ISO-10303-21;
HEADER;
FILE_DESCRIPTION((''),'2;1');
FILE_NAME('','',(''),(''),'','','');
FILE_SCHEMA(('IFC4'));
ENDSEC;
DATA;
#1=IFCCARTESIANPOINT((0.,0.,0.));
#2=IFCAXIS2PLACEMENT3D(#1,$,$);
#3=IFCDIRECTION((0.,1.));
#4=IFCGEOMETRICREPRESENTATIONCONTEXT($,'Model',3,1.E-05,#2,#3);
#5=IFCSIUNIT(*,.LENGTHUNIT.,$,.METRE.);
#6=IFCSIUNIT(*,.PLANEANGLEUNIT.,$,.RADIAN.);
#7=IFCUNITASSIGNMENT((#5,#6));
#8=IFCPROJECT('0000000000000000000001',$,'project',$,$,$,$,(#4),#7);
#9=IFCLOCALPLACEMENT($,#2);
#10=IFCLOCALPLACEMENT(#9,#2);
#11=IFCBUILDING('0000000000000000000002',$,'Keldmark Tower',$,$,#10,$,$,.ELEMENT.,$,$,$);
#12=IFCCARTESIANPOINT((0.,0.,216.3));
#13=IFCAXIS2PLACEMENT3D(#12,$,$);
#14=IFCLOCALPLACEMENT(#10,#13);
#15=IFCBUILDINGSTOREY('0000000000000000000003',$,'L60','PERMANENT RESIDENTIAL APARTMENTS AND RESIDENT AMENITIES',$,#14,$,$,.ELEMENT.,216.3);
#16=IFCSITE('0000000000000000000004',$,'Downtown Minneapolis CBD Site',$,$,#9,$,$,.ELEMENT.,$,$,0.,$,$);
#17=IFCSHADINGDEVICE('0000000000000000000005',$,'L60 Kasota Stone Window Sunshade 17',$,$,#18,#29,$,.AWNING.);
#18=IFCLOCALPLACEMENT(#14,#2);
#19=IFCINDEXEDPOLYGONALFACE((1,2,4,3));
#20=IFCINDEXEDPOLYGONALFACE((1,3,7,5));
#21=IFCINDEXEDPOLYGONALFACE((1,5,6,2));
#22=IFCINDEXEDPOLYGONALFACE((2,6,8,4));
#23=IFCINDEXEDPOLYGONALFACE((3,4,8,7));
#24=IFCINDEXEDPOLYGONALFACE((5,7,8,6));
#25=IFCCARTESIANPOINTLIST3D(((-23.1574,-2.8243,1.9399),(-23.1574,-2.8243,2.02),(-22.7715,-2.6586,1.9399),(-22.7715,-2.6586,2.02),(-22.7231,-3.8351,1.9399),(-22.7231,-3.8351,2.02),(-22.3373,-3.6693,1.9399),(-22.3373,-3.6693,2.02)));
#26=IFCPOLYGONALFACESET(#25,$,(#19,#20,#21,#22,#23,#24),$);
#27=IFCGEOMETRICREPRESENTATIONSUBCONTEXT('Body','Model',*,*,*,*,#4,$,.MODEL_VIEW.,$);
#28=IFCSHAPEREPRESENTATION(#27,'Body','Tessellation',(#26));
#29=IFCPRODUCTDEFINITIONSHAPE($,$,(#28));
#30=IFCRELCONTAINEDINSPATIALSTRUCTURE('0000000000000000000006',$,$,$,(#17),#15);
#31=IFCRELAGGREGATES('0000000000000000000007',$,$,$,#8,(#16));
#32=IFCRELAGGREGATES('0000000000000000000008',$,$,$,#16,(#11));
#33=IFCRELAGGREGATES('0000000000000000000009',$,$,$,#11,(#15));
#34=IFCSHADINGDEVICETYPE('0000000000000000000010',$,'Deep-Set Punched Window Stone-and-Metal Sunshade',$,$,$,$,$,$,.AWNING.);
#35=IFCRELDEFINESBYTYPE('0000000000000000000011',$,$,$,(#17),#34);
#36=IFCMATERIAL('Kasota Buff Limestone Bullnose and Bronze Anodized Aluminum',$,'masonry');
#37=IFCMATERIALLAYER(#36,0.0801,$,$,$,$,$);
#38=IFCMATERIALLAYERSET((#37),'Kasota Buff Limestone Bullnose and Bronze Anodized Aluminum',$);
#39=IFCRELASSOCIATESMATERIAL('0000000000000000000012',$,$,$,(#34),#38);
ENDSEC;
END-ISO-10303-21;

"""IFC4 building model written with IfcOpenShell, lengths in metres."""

from ifc_helpers import new_model, si_unit, direction, frame, origin, origin_2d, place, context, subcontext, project, spatial, rectangle, extrude, material, layer, layer_set, type_object, element, save


model = new_model("IFC4")

# Units and contexts
model_context = context("Model", 3, precision=1e-05, world=origin(), true_north=direction((0.0, 1.0)))
body_context = subcontext(model_context, "Body", "Model", "MODEL_VIEW")
ifc_project = project(units=[si_unit("LENGTHUNIT", "METRE"), si_unit("PLANEANGLEUNIT", "RADIAN")], contexts=[model_context])

# Site, building, storey
site_placement = place(None, origin())
site = spatial("IfcSite", under=ifc_project, at=site_placement, Name="Downtown Minneapolis CBD Site", CompositionType="ELEMENT", RefElevation=0.0)
building_placement = place(site_placement, origin())
building = spatial("IfcBuilding", under=site, at=building_placement, Name="Keldmark Tower", CompositionType="ELEMENT")
storey_placement = place(building_placement, frame((0.0, 0.0, 216.3)))
storey = spatial("IfcBuildingStorey", under=building, at=storey_placement, Name="L60", Description="PERMANENT RESIDENTIAL APARTMENTS AND RESIDENT AMENITIES", CompositionType="ELEMENT", Elevation=216.3)

# Shading device
ifc_material_1 = material(Name="Kasota Buff Limestone Bullnose and Bronze Anodized Aluminum", Category="masonry")
ifc_layer_1 = layer(ifc_material_1, 0.0801)
ifc_layer_set_1 = layer_set([ifc_layer_1], Name="Kasota Buff Limestone Bullnose and Bronze Anodized Aluminum")
shading_device_type = type_object("IfcShadingDeviceType", Name="Deep-Set Punched Window Stone-and-Metal Sunshade", PredefinedType="AWNING", material=ifc_layer_set_1)
shading_device_placement = place(storey_placement, frame((-22.7473, -3.2468, 1.9399), z_axis=(0.0, 0.0, 1.0), x_axis=(-0.394744, 0.918791, 0.0)))
element("IfcShadingDevice", 1, at=shading_device_placement, inside=storey, type_object=shading_device_type, Name="L60 Kasota Stone Window Sunshade 17", PredefinedType="AWNING", context=body_context, shape_type="SweptSolid", body=[
    extrude(rectangle(XDim=1.1001, YDim=0.4199, at=origin_2d()), origin(), (0.0, 0.0, 1.0), 0.0801),
])

save(model, "model.ifc")
